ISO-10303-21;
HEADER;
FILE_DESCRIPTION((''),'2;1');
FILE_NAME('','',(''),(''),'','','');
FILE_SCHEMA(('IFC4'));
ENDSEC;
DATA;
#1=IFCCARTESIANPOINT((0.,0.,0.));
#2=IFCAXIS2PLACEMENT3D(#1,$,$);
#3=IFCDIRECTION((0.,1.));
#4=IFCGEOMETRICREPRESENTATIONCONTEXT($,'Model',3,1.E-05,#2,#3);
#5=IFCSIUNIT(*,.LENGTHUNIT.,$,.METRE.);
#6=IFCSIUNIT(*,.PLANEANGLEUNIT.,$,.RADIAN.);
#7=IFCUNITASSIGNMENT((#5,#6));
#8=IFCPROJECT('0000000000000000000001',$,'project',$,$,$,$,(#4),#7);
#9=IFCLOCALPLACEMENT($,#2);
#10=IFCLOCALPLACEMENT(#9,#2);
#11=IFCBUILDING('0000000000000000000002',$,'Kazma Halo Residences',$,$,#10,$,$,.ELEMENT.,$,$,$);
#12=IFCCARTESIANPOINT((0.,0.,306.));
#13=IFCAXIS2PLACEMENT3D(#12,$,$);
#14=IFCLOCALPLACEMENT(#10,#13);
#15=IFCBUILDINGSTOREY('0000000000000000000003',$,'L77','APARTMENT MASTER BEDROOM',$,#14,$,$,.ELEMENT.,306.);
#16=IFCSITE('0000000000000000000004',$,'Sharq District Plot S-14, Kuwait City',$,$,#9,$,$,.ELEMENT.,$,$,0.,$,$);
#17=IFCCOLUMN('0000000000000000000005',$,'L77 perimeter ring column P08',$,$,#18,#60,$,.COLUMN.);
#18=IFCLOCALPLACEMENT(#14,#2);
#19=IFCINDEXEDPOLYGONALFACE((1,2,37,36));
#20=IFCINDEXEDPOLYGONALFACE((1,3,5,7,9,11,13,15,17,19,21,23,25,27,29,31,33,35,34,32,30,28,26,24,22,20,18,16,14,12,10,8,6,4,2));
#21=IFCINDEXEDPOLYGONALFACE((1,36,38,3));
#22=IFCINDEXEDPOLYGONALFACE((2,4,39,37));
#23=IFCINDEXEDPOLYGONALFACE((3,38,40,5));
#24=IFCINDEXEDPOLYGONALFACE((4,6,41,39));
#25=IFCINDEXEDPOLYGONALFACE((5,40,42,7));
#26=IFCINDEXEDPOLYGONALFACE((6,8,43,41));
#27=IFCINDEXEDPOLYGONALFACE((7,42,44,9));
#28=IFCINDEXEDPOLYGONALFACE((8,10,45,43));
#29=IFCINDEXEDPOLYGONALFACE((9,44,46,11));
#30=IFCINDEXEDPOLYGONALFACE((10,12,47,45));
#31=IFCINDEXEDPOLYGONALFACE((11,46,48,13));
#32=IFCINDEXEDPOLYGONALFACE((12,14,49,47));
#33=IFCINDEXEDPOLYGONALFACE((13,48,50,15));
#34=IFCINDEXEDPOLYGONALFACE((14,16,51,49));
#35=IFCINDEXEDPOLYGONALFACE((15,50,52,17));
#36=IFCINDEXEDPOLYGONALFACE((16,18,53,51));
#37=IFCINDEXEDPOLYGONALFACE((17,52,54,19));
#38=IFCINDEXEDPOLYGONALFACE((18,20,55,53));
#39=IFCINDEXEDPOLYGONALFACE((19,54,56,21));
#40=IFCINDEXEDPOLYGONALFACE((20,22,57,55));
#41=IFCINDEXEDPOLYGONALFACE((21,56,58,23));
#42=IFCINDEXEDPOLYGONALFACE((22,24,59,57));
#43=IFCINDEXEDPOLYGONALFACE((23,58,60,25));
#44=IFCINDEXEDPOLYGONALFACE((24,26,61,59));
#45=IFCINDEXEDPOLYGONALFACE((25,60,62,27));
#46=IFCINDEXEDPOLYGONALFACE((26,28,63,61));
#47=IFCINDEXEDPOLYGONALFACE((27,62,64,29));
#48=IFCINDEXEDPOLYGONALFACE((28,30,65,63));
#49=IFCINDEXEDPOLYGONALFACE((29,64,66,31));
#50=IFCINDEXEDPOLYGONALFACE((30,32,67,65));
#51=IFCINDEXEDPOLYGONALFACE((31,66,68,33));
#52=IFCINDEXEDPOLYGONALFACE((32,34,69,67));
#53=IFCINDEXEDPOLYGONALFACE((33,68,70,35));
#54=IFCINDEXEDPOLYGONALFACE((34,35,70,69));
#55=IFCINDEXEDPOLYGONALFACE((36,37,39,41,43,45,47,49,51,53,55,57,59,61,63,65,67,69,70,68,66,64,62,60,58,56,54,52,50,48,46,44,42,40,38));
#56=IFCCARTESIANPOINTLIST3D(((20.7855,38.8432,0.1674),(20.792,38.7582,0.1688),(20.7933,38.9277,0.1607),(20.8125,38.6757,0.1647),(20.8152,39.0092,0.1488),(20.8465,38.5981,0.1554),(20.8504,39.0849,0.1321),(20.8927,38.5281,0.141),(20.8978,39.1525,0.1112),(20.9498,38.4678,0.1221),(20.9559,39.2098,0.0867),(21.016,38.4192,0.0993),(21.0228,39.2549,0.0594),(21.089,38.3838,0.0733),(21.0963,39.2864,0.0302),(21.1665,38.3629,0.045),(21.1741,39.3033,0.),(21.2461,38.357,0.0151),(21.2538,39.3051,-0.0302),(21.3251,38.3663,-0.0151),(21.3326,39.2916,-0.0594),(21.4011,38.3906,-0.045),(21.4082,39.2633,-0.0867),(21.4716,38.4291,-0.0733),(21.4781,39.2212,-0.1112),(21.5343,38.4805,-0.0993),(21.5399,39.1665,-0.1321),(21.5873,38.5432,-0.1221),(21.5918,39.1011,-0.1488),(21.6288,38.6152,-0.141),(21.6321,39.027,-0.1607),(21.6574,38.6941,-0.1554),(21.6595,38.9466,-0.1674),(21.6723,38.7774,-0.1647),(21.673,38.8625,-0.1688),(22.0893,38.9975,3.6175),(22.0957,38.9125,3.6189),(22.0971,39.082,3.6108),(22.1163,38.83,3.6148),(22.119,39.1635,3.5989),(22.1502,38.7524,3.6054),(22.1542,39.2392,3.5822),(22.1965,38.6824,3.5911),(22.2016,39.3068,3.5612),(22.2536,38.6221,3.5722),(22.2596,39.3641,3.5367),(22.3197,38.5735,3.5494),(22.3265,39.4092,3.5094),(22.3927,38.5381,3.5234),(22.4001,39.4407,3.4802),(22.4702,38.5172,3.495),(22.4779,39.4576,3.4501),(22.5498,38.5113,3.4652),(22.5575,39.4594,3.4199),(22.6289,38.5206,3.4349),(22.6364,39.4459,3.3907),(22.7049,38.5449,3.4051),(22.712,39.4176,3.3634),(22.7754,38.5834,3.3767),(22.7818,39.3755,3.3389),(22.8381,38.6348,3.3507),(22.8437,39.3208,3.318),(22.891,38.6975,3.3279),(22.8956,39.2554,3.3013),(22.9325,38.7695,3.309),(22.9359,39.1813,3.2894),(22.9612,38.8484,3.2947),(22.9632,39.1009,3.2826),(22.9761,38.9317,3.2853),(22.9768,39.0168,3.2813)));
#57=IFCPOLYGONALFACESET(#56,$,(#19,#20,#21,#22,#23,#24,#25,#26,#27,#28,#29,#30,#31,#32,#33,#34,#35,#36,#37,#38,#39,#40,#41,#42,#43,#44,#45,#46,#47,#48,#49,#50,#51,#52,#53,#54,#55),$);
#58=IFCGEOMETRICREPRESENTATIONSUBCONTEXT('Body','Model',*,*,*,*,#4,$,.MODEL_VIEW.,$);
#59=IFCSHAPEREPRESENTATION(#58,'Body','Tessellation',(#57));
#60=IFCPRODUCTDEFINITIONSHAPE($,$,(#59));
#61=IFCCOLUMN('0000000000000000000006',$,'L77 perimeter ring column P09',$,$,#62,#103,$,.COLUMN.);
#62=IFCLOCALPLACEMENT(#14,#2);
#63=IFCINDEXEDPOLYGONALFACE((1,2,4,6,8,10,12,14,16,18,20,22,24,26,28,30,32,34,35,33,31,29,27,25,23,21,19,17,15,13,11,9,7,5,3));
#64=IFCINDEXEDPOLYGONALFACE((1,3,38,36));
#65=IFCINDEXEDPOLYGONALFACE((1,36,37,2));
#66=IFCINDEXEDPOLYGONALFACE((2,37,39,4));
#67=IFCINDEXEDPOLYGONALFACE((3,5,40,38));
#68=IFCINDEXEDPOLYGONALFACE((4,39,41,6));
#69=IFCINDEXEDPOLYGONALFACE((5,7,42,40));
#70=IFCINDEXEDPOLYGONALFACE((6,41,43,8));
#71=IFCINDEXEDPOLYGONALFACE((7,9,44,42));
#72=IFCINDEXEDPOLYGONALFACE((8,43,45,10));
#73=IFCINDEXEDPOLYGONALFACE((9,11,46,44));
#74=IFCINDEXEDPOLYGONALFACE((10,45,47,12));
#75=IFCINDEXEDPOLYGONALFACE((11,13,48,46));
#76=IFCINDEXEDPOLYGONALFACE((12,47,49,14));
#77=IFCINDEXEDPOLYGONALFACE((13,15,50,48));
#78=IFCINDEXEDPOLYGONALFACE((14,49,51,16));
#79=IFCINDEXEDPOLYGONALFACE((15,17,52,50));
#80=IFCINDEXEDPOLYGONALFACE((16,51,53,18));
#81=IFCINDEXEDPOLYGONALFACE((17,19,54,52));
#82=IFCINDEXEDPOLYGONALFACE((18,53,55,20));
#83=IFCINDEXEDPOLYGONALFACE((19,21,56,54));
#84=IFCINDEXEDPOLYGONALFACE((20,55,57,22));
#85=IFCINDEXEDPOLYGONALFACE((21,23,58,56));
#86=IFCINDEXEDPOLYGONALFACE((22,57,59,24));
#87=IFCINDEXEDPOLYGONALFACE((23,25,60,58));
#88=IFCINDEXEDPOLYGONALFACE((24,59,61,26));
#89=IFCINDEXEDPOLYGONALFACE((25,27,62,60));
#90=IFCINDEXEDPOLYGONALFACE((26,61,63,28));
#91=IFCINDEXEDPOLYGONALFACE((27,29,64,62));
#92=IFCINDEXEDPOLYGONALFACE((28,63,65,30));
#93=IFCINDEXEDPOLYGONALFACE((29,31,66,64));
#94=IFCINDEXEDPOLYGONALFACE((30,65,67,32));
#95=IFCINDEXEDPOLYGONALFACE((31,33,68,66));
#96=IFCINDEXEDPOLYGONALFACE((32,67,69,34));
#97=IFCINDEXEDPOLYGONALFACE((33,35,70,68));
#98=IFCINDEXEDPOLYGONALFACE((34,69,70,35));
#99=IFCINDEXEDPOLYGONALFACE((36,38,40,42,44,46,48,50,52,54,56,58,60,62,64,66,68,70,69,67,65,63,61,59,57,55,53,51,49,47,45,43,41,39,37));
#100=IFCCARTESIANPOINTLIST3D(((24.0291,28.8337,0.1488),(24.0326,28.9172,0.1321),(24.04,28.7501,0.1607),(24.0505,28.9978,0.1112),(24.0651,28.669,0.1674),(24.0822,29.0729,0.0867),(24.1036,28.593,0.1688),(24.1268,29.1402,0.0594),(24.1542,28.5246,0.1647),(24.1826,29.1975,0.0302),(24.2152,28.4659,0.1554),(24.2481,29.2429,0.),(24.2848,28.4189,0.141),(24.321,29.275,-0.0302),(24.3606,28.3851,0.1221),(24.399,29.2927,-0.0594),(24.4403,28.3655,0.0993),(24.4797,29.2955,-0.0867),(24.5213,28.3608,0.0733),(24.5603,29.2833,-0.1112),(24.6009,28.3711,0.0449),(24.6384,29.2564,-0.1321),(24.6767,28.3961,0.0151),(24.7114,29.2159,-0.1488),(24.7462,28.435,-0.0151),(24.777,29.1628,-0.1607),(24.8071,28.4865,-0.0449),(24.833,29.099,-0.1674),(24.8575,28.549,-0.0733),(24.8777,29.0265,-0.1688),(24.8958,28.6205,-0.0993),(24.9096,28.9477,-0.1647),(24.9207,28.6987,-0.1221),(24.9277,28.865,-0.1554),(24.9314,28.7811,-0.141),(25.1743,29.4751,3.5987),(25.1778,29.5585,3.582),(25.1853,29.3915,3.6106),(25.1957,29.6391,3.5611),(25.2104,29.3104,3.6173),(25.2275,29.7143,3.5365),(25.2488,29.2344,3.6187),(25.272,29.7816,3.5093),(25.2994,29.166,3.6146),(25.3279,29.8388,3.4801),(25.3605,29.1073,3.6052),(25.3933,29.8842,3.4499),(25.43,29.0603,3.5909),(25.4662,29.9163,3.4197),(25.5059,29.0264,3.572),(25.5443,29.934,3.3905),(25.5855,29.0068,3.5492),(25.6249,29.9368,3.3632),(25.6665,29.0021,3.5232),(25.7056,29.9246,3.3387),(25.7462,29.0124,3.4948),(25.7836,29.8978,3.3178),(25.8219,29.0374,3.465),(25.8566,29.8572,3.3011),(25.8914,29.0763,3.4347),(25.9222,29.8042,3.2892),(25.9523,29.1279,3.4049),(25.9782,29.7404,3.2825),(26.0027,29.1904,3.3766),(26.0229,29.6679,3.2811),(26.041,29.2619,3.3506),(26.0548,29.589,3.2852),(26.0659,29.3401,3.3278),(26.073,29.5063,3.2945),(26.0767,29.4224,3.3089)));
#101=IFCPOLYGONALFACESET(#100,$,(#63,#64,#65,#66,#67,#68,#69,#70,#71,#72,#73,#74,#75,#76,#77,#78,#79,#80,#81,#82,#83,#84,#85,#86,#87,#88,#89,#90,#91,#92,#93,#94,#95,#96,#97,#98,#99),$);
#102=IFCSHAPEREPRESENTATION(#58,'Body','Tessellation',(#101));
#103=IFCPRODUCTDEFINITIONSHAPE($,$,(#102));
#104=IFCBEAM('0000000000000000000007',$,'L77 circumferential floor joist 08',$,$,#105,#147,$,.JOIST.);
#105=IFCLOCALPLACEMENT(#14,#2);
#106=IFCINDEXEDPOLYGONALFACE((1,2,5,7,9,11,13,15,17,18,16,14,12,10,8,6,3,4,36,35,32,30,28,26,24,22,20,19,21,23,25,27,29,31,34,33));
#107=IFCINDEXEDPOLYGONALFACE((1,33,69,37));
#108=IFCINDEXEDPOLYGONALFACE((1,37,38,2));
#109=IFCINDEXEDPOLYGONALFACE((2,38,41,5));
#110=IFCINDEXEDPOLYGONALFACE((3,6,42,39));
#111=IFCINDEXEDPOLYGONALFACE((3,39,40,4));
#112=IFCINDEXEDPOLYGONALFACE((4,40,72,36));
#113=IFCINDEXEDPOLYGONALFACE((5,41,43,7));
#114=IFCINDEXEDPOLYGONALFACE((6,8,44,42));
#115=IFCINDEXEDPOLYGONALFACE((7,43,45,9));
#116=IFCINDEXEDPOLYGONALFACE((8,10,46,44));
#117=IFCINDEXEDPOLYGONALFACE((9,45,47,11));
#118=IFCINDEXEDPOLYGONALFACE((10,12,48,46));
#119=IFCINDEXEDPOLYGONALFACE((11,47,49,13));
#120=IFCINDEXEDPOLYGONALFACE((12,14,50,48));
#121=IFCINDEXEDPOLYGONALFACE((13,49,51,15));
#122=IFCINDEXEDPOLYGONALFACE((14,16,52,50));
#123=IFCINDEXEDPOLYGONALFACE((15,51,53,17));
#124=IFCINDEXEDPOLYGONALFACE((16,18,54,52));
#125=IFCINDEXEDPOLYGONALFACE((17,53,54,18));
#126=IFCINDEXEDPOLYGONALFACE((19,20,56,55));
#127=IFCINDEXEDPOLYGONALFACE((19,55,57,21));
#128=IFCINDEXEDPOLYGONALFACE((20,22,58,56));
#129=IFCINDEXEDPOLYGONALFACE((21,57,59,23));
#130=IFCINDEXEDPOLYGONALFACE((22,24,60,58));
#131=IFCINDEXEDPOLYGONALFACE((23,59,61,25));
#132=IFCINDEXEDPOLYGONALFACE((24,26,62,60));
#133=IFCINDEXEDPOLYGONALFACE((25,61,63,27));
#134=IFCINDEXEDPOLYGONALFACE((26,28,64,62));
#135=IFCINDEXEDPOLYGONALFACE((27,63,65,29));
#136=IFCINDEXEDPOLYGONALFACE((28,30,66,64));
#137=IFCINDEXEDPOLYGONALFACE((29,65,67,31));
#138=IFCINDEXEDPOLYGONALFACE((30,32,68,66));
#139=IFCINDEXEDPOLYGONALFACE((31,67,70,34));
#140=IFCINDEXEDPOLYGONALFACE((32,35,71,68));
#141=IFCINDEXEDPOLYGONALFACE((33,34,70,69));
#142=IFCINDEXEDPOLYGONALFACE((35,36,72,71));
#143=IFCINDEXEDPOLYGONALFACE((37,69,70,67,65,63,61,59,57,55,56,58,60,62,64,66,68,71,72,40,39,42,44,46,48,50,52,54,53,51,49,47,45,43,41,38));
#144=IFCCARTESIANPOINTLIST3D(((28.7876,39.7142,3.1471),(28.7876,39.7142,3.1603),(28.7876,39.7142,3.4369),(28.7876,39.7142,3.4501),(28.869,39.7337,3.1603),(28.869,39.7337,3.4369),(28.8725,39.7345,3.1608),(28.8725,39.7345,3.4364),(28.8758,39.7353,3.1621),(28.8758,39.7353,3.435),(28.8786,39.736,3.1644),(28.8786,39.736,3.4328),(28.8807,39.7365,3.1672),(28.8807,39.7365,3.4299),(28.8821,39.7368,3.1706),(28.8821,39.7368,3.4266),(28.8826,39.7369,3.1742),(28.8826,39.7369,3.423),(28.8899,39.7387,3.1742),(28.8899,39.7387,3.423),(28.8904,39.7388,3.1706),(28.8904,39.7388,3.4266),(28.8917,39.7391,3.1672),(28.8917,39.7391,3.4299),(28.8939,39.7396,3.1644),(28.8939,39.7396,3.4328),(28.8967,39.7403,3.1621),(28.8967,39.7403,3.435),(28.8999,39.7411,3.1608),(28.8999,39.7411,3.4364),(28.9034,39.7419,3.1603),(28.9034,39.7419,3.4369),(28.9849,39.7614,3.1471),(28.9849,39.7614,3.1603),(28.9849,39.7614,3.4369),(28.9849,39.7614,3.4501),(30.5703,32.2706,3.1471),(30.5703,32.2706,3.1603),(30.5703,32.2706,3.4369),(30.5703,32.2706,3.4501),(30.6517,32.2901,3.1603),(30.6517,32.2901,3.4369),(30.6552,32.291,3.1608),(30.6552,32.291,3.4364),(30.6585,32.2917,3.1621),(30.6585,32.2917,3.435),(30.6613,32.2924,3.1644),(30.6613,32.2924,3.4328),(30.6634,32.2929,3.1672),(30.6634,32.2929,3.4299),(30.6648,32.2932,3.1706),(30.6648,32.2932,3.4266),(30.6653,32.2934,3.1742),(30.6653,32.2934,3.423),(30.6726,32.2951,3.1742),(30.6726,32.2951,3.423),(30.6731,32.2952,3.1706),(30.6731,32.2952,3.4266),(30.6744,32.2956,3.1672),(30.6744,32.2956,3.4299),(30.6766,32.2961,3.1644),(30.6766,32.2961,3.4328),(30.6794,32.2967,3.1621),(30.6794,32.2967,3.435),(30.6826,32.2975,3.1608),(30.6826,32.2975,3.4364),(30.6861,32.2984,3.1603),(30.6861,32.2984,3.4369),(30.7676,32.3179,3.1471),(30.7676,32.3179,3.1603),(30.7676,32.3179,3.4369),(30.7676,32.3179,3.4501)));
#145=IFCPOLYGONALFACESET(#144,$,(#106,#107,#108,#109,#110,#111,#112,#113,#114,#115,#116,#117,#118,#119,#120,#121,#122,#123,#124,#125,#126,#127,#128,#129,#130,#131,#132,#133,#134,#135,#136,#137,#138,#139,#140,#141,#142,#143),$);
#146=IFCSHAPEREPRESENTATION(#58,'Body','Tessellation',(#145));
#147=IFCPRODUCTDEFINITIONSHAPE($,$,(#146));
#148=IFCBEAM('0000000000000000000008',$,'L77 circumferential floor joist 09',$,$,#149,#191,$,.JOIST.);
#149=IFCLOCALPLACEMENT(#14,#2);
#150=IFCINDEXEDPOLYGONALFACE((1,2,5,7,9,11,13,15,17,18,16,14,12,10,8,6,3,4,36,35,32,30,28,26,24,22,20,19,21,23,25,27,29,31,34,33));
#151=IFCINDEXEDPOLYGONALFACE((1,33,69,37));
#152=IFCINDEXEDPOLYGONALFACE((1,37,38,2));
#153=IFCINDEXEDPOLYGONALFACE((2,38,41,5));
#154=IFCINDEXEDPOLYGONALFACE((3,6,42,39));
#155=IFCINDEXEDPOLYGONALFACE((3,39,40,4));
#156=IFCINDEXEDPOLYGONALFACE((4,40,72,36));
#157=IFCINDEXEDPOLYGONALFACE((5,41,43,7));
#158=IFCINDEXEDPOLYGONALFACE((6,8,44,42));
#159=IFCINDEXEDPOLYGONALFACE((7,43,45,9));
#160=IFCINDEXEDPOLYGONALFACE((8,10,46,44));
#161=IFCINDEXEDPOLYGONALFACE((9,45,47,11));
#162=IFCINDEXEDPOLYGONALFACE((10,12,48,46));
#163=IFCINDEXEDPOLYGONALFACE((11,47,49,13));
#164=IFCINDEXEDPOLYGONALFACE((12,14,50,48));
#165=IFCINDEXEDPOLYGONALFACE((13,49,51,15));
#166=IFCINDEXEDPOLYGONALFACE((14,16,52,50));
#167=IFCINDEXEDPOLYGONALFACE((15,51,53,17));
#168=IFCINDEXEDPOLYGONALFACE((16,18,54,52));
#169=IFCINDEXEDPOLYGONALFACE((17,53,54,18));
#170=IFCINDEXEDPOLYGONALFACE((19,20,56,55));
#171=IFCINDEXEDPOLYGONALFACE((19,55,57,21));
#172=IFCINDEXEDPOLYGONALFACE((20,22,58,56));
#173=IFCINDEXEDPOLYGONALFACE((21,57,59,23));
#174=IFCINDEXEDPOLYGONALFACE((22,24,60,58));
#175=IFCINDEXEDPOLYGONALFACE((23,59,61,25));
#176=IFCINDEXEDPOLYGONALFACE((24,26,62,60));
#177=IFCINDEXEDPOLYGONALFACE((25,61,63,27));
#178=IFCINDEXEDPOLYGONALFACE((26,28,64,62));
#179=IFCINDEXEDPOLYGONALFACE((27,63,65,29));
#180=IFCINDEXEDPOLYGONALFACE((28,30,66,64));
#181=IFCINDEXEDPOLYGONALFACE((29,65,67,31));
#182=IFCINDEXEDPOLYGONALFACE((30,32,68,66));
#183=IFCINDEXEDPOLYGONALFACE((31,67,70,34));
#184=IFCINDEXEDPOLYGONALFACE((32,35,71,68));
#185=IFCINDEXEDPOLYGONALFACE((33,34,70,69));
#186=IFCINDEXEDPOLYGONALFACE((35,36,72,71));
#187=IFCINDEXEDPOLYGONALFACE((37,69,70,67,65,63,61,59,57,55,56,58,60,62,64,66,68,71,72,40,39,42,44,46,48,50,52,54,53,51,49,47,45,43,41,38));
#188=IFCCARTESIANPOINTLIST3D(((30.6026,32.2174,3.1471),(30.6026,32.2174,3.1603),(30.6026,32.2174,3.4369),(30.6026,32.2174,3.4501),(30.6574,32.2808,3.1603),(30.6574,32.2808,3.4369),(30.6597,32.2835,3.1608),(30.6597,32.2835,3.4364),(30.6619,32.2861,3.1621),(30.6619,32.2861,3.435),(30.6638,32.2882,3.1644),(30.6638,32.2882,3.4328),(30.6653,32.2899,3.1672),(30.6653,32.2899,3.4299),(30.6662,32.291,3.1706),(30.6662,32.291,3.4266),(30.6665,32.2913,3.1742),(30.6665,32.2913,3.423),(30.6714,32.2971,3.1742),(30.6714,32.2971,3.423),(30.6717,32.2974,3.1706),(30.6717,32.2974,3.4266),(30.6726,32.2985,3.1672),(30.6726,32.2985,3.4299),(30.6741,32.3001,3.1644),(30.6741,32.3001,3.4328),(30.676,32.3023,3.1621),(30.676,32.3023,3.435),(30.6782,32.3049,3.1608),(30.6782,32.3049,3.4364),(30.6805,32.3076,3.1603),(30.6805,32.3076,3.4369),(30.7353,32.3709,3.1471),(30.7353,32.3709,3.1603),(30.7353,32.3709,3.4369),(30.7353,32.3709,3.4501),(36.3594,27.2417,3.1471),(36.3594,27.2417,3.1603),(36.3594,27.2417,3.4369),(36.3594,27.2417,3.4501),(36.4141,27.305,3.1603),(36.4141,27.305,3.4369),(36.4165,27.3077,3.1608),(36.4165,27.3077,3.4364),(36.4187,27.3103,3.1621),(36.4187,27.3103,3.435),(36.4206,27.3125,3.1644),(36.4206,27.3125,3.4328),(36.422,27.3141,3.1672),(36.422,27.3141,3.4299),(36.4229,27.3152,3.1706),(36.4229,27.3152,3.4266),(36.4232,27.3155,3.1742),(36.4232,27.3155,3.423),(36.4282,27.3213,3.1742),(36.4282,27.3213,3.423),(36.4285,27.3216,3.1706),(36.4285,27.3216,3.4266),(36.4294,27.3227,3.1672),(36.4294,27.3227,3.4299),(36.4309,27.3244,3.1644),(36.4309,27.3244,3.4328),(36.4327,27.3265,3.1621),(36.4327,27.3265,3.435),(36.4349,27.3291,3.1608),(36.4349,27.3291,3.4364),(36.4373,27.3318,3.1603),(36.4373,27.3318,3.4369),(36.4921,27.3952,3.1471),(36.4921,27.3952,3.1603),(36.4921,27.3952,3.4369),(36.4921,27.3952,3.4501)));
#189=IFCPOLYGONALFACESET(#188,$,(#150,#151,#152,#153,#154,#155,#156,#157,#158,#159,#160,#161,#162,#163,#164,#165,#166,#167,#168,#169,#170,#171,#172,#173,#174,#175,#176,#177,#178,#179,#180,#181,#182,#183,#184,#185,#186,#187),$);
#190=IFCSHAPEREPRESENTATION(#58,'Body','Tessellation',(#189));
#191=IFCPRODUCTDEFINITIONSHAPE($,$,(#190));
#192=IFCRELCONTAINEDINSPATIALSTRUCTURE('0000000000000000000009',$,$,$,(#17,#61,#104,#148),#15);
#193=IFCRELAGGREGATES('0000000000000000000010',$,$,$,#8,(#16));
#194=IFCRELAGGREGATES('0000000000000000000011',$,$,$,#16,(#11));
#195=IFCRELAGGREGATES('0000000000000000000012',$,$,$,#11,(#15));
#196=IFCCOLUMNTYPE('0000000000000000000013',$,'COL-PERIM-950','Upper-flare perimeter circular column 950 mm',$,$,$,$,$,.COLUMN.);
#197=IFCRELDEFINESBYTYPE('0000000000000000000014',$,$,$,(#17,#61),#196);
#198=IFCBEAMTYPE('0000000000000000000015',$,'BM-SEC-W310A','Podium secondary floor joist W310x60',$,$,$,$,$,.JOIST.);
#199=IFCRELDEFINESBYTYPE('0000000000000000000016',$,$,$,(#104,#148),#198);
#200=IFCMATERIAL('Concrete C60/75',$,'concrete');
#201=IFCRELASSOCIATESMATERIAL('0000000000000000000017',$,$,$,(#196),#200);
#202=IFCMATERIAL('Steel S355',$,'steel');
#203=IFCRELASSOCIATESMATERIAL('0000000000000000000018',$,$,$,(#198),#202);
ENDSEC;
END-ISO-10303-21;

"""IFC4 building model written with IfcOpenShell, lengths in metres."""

from ifc_helpers import new_model, si_unit, direction, frame, origin, origin_2d, place, context, subcontext, project, spatial, circle, i_section, extrude, material, material_profile, profile_set, type_object, element, save


model = new_model("IFC4")

# Units and contexts
model_context = context("Model", 3, precision=1e-05, world=origin(), true_north=direction((0.0, 1.0)))
body_context = subcontext(model_context, "Body", "Model", "MODEL_VIEW")
ifc_project = project(units=[si_unit("LENGTHUNIT", "METRE"), si_unit("PLANEANGLEUNIT", "RADIAN")], contexts=[model_context])

# Site, building, storey
site_placement = place(None, origin())
site = spatial("IfcSite", under=ifc_project, at=site_placement, Name="Sharq District Plot S-14, Kuwait City", CompositionType="ELEMENT", RefElevation=0.0)
building_placement = place(site_placement, origin())
building = spatial("IfcBuilding", under=site, at=building_placement, Name="Kazma Halo Residences", CompositionType="ELEMENT")
storey_placement = place(building_placement, frame((0.0, 0.0, 306.0)))
storey = spatial("IfcBuildingStorey", under=building, at=storey_placement, Name="L77", Description="APARTMENT MASTER BEDROOM", CompositionType="ELEMENT", Elevation=306.0)

# Columns
ifc_material_1 = material(Name="Concrete C60/75", Category="concrete")
ifc_material_profile_1 = material_profile(ifc_material_1, circle(Radius=0.4751, at=origin_2d()), Name="CIRC950")
ifc_profile_set_1 = profile_set([ifc_material_profile_1], Name="Concrete C60/75")
column_type = type_object("IfcColumnType", Name="COL-PERIM-950", Description="Upper-flare perimeter circular column 950 mm", PredefinedType="COLUMN", material=ifc_profile_set_1)
column_1_placement = place(storey_placement, frame((21.23, 38.8315, 0.0), z_axis=(0.353186, 0.0418, 0.934619), x_axis=(-0.117532, 0.993069, 0.0)))
element("IfcColumn", 1, at=column_1_placement, inside=storey, type_object=column_type, Name="L77 perimeter ring column P08", PredefinedType="COLUMN", context=body_context, shape_type="SweptSolid", body=[
    extrude(circle(Radius=0.4751, at=origin_2d()), origin(), (0.0, 0.0, 1.0), 3.6914),
])
column_2_placement = place(storey_placement, frame((24.4802, 28.8284, 0.0), z_axis=(0.310267, 0.173752, 0.934636), x_axis=(-0.488609, 0.872503, 0.0)))
element("IfcColumn", 2, at=column_2_placement, inside=storey, type_object=column_type, Name="L77 perimeter ring column P09", PredefinedType="COLUMN", context=body_context, shape_type="SweptSolid", body=[
    extrude(circle(Radius=0.4751, at=origin_2d()), origin(), (0.0, 0.0, 1.0), 3.6912),
])

# Beams
ifc_material_2 = material(Name="Steel S355", Category="steel")
ifc_material_profile_2 = material_profile(ifc_material_2, i_section(OverallWidth=0.2029, OverallDepth=0.303, WebThickness=0.0076, FlangeThickness=0.0132, FilletRadius=0.0139, at=origin_2d()), Name="W310x60")
ifc_profile_set_2 = profile_set([ifc_material_profile_2], Name="Steel S355")
beam_type_1 = type_object("IfcBeamType", Name="BM-SEC-W310A", Description="Podium secondary floor joist W310x60", PredefinedType="JOIST", material=ifc_profile_set_2)
beam_1_placement = place(storey_placement, frame((28.8862, 39.7378, 3.2986), z_axis=(0.23291, -0.972498, 0.0), x_axis=(0.972498, 0.23291, 0.0)))
element("IfcBeam", 3, at=beam_1_placement, inside=storey, type_object=beam_type_1, Name="L77 circumferential floor joist 08", PredefinedType="JOIST", context=body_context, shape_type="SweptSolid", body=[
    extrude(i_section(OverallWidth=0.2029, OverallDepth=0.303, WebThickness=0.0076, FlangeThickness=0.0132, FilletRadius=0.0139, at=origin_2d()), origin(), (0.0, 0.0, 1.0), 7.6541),
])
beam_2_placement = place(storey_placement, frame((30.6689, 32.2942, 3.2986), z_axis=(0.756562, -0.653922, 0.0), x_axis=(0.653922, 0.756562, 0.0)))
element("IfcBeam", 4, at=beam_2_placement, inside=storey, type_object=beam_type_1, Name="L77 circumferential floor joist 09", PredefinedType="JOIST", context=body_context, shape_type="SweptSolid", body=[
    extrude(i_section(OverallWidth=0.2029, OverallDepth=0.303, WebThickness=0.0076, FlangeThickness=0.0132, FilletRadius=0.0139, at=origin_2d()), origin(), (0.0, 0.0, 1.0), 7.6091),
])

save(model, "model.ifc")
